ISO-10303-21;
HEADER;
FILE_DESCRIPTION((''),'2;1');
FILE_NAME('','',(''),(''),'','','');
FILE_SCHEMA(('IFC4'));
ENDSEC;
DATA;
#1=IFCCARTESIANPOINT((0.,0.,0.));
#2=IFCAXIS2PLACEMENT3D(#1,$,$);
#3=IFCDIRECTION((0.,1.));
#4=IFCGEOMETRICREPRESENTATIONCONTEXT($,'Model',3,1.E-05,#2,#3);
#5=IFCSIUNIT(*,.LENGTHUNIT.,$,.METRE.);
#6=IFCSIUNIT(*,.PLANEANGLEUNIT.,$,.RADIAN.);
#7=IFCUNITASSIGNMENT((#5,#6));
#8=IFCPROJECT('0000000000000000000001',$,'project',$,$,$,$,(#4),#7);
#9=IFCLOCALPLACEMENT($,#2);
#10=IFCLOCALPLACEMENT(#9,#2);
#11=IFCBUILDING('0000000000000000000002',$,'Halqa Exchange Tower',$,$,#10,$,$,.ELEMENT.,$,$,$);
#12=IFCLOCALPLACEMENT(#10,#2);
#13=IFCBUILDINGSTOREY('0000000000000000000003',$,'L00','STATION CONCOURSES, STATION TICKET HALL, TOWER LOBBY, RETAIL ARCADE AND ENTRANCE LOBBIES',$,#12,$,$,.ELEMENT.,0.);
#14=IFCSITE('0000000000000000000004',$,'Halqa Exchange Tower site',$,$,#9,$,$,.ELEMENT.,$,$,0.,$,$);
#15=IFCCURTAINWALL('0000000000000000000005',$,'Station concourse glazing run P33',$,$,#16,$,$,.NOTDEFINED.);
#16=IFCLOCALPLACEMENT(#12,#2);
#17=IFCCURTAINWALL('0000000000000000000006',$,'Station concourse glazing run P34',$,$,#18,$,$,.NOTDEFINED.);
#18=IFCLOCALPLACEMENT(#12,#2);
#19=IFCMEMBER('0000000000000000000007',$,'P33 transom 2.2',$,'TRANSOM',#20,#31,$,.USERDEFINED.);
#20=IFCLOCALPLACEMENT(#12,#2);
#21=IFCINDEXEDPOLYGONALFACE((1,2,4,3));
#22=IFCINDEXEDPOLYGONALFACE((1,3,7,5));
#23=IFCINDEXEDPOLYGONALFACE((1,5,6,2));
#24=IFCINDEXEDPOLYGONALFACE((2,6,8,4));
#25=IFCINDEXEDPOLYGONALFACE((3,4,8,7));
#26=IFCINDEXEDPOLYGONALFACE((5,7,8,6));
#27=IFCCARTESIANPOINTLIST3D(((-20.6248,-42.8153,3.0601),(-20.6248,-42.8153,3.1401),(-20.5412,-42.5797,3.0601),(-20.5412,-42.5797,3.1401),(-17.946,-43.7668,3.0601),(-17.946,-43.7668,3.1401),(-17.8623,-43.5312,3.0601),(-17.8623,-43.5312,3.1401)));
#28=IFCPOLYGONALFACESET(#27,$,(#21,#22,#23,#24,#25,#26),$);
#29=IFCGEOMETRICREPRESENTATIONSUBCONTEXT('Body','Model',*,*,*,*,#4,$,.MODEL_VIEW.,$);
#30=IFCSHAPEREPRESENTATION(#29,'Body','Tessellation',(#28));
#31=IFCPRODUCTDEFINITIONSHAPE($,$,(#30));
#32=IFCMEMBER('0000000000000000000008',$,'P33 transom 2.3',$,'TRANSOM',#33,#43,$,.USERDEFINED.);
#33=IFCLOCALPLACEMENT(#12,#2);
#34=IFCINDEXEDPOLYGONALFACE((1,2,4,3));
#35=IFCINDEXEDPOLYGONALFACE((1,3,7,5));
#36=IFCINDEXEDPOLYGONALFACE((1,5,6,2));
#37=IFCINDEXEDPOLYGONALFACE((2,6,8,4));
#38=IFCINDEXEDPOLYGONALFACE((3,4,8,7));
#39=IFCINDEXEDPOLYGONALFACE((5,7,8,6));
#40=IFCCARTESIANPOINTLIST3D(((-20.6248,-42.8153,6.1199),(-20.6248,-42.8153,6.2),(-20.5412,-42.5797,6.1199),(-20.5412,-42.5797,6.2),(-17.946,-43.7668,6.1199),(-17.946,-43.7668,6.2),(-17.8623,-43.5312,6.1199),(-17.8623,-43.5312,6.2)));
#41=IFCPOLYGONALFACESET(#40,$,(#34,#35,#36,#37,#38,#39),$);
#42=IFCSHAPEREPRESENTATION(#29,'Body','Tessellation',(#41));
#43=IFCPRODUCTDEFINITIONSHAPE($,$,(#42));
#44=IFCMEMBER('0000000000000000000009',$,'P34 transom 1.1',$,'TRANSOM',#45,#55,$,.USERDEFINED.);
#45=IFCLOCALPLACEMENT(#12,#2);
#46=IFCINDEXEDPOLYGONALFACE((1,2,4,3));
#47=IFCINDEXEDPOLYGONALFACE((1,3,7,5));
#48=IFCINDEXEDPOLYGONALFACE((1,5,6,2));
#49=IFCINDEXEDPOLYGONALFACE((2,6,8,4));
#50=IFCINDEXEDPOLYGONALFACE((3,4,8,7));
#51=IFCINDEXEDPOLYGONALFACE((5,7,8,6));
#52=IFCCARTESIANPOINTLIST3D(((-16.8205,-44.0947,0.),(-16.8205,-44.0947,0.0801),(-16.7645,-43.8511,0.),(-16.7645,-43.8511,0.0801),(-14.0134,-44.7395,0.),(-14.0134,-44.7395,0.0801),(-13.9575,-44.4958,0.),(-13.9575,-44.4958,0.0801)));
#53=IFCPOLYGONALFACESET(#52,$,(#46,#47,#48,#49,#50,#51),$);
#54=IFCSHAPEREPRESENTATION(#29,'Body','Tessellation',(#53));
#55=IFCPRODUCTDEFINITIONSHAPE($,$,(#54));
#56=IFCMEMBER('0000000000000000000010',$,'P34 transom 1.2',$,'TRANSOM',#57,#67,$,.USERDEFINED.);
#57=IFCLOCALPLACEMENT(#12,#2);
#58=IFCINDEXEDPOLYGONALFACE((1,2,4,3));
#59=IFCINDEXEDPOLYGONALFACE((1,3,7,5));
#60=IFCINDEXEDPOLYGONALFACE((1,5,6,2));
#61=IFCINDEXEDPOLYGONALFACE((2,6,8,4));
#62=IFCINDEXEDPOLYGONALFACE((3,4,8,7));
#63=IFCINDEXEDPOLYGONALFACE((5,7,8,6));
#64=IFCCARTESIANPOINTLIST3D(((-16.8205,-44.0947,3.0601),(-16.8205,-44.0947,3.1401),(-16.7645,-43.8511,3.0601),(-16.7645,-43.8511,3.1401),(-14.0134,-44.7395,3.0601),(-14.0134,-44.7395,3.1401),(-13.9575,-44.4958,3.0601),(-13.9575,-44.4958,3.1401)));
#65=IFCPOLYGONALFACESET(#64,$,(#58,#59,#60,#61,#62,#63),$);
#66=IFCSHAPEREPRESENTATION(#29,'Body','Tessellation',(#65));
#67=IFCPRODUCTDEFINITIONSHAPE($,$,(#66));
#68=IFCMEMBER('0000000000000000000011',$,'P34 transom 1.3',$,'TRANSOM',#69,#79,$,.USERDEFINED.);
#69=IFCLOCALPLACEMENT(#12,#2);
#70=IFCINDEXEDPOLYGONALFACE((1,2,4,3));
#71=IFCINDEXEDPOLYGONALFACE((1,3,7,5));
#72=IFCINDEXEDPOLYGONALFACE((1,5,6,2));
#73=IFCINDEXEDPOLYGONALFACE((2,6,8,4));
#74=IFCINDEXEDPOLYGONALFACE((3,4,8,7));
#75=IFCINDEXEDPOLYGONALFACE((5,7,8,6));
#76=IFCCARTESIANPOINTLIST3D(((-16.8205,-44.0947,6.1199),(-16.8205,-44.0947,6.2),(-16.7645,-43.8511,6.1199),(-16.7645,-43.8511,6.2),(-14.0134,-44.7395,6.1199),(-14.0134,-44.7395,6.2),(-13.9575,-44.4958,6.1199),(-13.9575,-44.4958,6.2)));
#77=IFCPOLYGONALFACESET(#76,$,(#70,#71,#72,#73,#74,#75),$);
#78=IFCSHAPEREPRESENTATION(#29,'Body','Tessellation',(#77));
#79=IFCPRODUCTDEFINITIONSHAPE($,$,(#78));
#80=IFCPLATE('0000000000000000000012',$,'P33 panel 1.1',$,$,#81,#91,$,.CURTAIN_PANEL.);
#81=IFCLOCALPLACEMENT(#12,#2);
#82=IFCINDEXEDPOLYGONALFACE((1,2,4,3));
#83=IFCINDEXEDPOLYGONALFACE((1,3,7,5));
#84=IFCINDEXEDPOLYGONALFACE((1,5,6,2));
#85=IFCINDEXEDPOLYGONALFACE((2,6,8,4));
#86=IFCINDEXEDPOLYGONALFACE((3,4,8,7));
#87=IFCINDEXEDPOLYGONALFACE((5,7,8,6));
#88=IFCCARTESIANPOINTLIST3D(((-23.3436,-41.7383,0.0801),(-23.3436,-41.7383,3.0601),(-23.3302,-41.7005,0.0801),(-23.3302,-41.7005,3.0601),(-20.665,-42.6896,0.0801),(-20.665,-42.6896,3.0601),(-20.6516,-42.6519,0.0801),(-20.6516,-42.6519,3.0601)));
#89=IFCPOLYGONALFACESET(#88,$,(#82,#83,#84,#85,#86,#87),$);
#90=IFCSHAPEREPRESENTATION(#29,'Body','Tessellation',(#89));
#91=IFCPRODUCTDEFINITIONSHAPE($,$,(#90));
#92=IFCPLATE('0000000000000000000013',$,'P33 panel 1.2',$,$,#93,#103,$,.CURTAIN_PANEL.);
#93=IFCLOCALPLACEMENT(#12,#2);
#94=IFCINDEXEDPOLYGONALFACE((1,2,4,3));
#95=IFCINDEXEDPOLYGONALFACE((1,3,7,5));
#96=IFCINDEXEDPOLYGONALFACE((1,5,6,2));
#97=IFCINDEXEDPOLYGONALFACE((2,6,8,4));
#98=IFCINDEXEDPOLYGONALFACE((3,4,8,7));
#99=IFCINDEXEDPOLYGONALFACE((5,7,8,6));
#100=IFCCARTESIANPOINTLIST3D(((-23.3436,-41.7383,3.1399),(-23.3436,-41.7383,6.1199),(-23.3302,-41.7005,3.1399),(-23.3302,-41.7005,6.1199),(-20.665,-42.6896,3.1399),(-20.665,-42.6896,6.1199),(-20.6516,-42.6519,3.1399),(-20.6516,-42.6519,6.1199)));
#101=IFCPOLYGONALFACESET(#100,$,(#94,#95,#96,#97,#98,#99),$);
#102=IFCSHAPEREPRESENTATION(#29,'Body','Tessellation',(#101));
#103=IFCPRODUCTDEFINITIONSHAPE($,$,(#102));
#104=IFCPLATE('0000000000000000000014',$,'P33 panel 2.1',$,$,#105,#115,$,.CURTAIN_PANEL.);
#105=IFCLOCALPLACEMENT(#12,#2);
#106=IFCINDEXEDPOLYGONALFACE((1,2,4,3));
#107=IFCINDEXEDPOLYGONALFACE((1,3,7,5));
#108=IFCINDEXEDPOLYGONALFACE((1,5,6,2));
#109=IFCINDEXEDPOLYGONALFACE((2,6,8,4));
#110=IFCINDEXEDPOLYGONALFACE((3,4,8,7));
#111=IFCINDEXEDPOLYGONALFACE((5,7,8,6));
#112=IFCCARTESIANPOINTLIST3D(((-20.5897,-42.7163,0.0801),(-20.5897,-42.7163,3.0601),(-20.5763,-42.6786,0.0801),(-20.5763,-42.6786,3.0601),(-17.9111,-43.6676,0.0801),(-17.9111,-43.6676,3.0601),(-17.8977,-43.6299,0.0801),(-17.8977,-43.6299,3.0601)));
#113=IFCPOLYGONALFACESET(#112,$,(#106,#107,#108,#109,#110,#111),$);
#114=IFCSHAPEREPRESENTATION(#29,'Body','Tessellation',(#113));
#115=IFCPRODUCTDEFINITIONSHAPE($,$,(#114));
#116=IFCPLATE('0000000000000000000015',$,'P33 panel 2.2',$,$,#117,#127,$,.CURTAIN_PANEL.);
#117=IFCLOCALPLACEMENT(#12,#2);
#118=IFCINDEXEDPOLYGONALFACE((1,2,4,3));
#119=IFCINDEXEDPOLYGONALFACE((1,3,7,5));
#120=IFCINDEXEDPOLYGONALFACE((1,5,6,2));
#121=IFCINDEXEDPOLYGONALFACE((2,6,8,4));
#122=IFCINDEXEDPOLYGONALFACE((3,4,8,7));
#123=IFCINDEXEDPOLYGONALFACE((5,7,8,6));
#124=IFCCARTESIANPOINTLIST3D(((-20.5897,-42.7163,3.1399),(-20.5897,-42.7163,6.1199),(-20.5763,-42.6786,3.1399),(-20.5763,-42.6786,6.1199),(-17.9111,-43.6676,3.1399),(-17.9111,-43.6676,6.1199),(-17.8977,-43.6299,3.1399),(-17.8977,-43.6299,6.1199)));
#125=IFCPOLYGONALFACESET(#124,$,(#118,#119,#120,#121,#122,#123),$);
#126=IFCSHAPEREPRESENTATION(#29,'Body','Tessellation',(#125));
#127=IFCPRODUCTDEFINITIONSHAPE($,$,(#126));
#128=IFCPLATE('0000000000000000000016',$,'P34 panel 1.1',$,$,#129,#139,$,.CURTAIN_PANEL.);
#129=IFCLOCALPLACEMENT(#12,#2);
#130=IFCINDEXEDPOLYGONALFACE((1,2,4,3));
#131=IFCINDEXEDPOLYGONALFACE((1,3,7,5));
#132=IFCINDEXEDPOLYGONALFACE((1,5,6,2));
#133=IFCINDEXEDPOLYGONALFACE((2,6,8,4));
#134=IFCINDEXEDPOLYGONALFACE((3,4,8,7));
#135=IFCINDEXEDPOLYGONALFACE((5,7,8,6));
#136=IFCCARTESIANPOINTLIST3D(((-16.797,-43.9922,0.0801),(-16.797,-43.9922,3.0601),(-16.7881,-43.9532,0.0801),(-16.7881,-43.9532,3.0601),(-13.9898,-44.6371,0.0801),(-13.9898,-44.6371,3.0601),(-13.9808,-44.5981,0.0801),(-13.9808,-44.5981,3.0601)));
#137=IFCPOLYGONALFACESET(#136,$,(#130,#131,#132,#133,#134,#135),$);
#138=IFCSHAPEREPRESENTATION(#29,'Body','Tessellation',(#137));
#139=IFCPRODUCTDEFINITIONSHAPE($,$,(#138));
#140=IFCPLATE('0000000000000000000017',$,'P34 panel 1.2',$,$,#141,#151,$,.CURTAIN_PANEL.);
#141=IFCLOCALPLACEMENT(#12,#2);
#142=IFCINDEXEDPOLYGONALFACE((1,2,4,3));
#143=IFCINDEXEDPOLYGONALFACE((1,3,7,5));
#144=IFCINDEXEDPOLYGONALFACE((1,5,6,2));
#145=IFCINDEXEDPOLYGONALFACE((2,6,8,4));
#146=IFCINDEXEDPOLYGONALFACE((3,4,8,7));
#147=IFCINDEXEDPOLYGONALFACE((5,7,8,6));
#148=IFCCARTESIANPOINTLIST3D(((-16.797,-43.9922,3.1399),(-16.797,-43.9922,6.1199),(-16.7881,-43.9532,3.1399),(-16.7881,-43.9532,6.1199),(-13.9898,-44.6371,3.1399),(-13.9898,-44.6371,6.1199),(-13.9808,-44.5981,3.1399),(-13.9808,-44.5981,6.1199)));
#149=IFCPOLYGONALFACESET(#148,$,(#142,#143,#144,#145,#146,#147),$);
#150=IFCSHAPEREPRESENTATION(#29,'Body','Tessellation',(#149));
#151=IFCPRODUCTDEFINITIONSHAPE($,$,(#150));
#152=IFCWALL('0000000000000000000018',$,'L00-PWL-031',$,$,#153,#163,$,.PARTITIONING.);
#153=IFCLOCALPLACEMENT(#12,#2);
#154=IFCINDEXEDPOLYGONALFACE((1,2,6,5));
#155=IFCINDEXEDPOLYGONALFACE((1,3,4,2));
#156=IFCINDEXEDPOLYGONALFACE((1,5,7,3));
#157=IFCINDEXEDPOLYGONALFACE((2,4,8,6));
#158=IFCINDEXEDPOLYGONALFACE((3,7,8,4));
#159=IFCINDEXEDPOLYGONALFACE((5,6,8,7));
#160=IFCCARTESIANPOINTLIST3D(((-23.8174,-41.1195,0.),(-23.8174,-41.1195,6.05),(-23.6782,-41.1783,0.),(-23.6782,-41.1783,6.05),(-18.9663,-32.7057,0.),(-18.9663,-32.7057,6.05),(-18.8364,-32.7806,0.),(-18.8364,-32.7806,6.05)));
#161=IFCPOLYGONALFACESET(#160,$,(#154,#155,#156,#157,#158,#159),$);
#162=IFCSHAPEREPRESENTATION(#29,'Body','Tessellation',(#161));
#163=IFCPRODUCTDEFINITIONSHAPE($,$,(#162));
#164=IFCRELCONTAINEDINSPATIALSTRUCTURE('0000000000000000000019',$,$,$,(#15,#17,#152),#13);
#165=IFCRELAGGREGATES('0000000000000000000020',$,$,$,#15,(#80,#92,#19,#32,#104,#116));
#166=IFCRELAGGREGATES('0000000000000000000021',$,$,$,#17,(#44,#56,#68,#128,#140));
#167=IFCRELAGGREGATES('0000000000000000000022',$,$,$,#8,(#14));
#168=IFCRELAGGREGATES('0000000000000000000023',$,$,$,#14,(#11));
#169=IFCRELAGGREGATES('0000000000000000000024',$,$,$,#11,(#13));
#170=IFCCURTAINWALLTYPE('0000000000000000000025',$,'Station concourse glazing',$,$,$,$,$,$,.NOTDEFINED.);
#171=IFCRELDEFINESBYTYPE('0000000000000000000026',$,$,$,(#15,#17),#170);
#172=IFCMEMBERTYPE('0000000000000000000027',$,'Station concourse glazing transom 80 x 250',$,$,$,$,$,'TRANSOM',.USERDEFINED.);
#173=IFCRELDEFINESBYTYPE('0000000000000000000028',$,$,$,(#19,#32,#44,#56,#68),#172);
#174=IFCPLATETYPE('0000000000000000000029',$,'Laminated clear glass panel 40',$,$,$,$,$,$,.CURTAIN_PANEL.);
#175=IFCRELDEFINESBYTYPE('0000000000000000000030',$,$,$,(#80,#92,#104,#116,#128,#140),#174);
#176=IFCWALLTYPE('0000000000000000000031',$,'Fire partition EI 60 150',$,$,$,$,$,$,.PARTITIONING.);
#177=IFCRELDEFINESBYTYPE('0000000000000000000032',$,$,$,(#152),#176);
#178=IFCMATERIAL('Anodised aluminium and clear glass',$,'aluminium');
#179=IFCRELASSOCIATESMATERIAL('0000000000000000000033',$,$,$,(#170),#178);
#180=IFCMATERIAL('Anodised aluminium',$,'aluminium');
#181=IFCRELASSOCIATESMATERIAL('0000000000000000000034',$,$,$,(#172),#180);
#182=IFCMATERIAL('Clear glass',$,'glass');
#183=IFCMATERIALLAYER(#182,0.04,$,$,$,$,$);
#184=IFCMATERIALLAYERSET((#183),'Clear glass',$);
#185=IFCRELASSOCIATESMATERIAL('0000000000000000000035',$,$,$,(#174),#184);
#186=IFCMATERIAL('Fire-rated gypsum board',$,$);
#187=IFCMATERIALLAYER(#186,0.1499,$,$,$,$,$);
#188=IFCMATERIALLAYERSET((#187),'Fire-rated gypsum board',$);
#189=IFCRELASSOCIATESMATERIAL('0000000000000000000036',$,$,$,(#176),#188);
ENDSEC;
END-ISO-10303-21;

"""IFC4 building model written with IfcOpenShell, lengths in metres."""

from ifc_helpers import new_model, si_unit, direction, frame, origin, origin_2d, place, context, subcontext, project, spatial, polyline, rectangle, outline, extrude, material, layer, layer_set, material_profile, profile_set, type_object, element, aggregate, save


model = new_model("IFC4")

# Units and contexts
model_context = context("Model", 3, precision=1e-05, world=origin(), true_north=direction((0.0, 1.0)))
body_context = subcontext(model_context, "Body", "Model", "MODEL_VIEW")
ifc_project = project(units=[si_unit("LENGTHUNIT", "METRE"), si_unit("PLANEANGLEUNIT", "RADIAN")], contexts=[model_context])

# Site, building, storey
site_placement = place(None, origin())
site = spatial("IfcSite", under=ifc_project, at=site_placement, Name="Halqa Exchange Tower site", CompositionType="ELEMENT", RefElevation=0.0)
building_placement = place(site_placement, origin())
building = spatial("IfcBuilding", under=site, at=building_placement, Name="Halqa Exchange Tower", CompositionType="ELEMENT")
storey_placement = place(building_placement, origin())
storey = spatial("IfcBuildingStorey", under=building, at=storey_placement, Name="L00", Description="STATION CONCOURSES, STATION TICKET HALL, TOWER LOBBY, RETAIL ARCADE AND ENTRANCE LOBBIES", CompositionType="ELEMENT", Elevation=0.0)

# Curtain walls
ifc_material_1 = material(Name="Anodised aluminium and clear glass", Category="aluminium")
curtain_wall_type = type_object("IfcCurtainWallType", Name="Station concourse glazing", PredefinedType="NOTDEFINED", material=ifc_material_1)
curtain_wall_1_placement = place(storey_placement, origin())
curtain_wall_1 = element("IfcCurtainWall", 1, at=curtain_wall_1_placement, inside=storey, type_object=curtain_wall_type, Name="Station concourse glazing run P33", PredefinedType="NOTDEFINED")
ifc_material_2 = material(Name="Anodised aluminium", Category="aluminium")
curtain_wall_2_placement = place(storey_placement, origin())
curtain_wall_2 = element("IfcCurtainWall", 2, at=curtain_wall_2_placement, inside=storey, type_object=curtain_wall_type, Name="Station concourse glazing run P34", PredefinedType="NOTDEFINED")

# Members
ifc_material_profile_1 = material_profile(ifc_material_2, rectangle(XDim=0.25, YDim=0.0801, at=origin_2d()), Name="AL 80x250")
ifc_profile_set_1 = profile_set([ifc_material_profile_1], Name="Anodised aluminium")
member_type_1 = type_object("IfcMemberType", Name="Station concourse glazing transom 80 x 250", ElementType="TRANSOM", PredefinedType="USERDEFINED", material=ifc_profile_set_1)
member_1_placement = place(storey_placement, frame((-20.583, -42.6975, 3.1001), z_axis=(0.942327, -0.334693, 0.0), x_axis=(0.334693, 0.942327, 0.0)))
member_1 = element("IfcMember", 3, at=member_1_placement, type_object=member_type_1, Name="P33 transom 2.2", ObjectType="TRANSOM", PredefinedType="USERDEFINED", context=body_context, shape_type="SweptSolid", body=[
    extrude(rectangle(XDim=0.25, YDim=0.0801, at=origin_2d()), origin(), (0.0, 0.0, 1.0), 2.8428),
])
member_2_placement = place(storey_placement, frame((-20.583, -42.6975, 6.1599), z_axis=(0.942327, -0.334693, 0.0), x_axis=(0.334693, 0.942327, 0.0)))
member_2 = element("IfcMember", 4, at=member_2_placement, type_object=member_type_1, Name="P33 transom 2.3", ObjectType="TRANSOM", PredefinedType="USERDEFINED", context=body_context, shape_type="SweptSolid", body=[
    extrude(rectangle(XDim=0.25, YDim=0.0801, at=origin_2d()), origin(), (0.0, 0.0, 1.0), 2.8428),
])
member_3_placement = place(storey_placement, frame((-16.7925, -43.9729, 0.04), z_axis=(0.974621, -0.223863, 0.0), x_axis=(0.223863, 0.974621, 0.0)))
member_3 = element("IfcMember", 5, at=member_3_placement, type_object=member_type_1, Name="P34 transom 1.1", ObjectType="TRANSOM", PredefinedType="USERDEFINED", context=body_context, shape_type="SweptSolid", body=[
    extrude(rectangle(XDim=0.25, YDim=0.0801, at=origin_2d()), origin(), (0.0, 0.0, 1.0), 2.8801),
])
member_4_placement = place(storey_placement, frame((-16.7925, -43.9729, 3.1001), z_axis=(0.974621, -0.223863, 0.0), x_axis=(0.223863, 0.974621, 0.0)))
member_4 = element("IfcMember", 6, at=member_4_placement, type_object=member_type_1, Name="P34 transom 1.2", ObjectType="TRANSOM", PredefinedType="USERDEFINED", context=body_context, shape_type="SweptSolid", body=[
    extrude(rectangle(XDim=0.25, YDim=0.0801, at=origin_2d()), origin(), (0.0, 0.0, 1.0), 2.8801),
])
member_5_placement = place(storey_placement, frame((-16.7925, -43.9729, 6.1599), z_axis=(0.974621, -0.223863, 0.0), x_axis=(0.223863, 0.974621, 0.0)))
member_5 = element("IfcMember", 7, at=member_5_placement, type_object=member_type_1, Name="P34 transom 1.3", ObjectType="TRANSOM", PredefinedType="USERDEFINED", context=body_context, shape_type="SweptSolid", body=[
    extrude(rectangle(XDim=0.25, YDim=0.0801, at=origin_2d()), origin(), (0.0, 0.0, 1.0), 2.8801),
])

# Plates
ifc_material_3 = material(Name="Clear glass", Category="glass")
ifc_layer_1 = layer(ifc_material_3, 0.04)
ifc_layer_set_1 = layer_set([ifc_layer_1], Name="Clear glass")
plate_type = type_object("IfcPlateType", Name="Laminated clear glass panel 40", PredefinedType="CURTAIN_PANEL", material=ifc_layer_set_1)
plate_1_placement = place(storey_placement, frame((-21.9976, -42.1951, 0.0801), z_axis=(0.0, 0.0, 1.0), x_axis=(0.942329, -0.334688, 0.0)))
plate_1 = element("IfcPlate", 8, at=plate_1_placement, type_object=plate_type, Name="P33 panel 1.1", PredefinedType="CURTAIN_PANEL", context=body_context, shape_type="SweptSolid", body=[
    extrude(rectangle(XDim=2.8425, YDim=0.04, at=origin_2d()), origin(), (0.0, 0.0, 1.0), 2.98),
])
plate_2_placement = place(storey_placement, frame((-21.9976, -42.1951, 3.1399), z_axis=(0.0, 0.0, 1.0), x_axis=(0.942329, -0.334688, 0.0)))
plate_2 = element("IfcPlate", 9, at=plate_2_placement, type_object=plate_type, Name="P33 panel 1.2", PredefinedType="CURTAIN_PANEL", context=body_context, shape_type="SweptSolid", body=[
    extrude(rectangle(XDim=2.8425, YDim=0.04, at=origin_2d()), origin(), (0.0, 0.0, 1.0), 2.98),
])
plate_3_placement = place(storey_placement, frame((-19.2437, -43.1731, 0.0801), z_axis=(0.0, 0.0, 1.0), x_axis=(0.942329, -0.334688, 0.0)))
plate_3 = element("IfcPlate", 10, at=plate_3_placement, type_object=plate_type, Name="P33 panel 2.1", PredefinedType="CURTAIN_PANEL", context=body_context, shape_type="SweptSolid", body=[
    extrude(rectangle(XDim=2.8425, YDim=0.04, at=origin_2d()), origin(), (0.0, 0.0, 1.0), 2.98),
])
plate_4_placement = place(storey_placement, frame((-19.2437, -43.1731, 3.1399), z_axis=(0.0, 0.0, 1.0), x_axis=(0.942329, -0.334688, 0.0)))
plate_4 = element("IfcPlate", 11, at=plate_4_placement, type_object=plate_type, Name="P33 panel 2.2", PredefinedType="CURTAIN_PANEL", context=body_context, shape_type="SweptSolid", body=[
    extrude(rectangle(XDim=2.8425, YDim=0.04, at=origin_2d()), origin(), (0.0, 0.0, 1.0), 2.98),
])
aggregate(curtain_wall_1, [plate_1, plate_2, member_1, member_2, plate_3, plate_4])
plate_5_placement = place(storey_placement, frame((-15.3889, -44.2952, 0.0801), z_axis=(0.0, 0.0, 1.0), x_axis=(0.974613, -0.223897, 0.0)))
plate_5 = element("IfcPlate", 12, at=plate_5_placement, type_object=plate_type, Name="P34 panel 1.1", PredefinedType="CURTAIN_PANEL", context=body_context, shape_type="SweptSolid", body=[
    extrude(rectangle(XDim=2.8804, YDim=0.04, at=origin_2d()), origin(), (0.0, 0.0, 1.0), 2.98),
])
plate_6_placement = place(storey_placement, frame((-15.3889, -44.2952, 3.1399), z_axis=(0.0, 0.0, 1.0), x_axis=(0.974613, -0.223897, 0.0)))
plate_6 = element("IfcPlate", 13, at=plate_6_placement, type_object=plate_type, Name="P34 panel 1.2", PredefinedType="CURTAIN_PANEL", context=body_context, shape_type="SweptSolid", body=[
    extrude(rectangle(XDim=2.8804, YDim=0.04, at=origin_2d()), origin(), (0.0, 0.0, 1.0), 2.98),
])
aggregate(curtain_wall_2, [member_3, member_4, member_5, plate_5, plate_6])

# Wall
ifc_material_4 = material(Name="Fire-rated gypsum board")
ifc_layer_2 = layer(ifc_material_4, 0.1499)
ifc_layer_set_2 = layer_set([ifc_layer_2], Name="Fire-rated gypsum board")
wall_type_1 = type_object("IfcWallType", Name="Fire partition EI 60 150", PredefinedType="PARTITIONING", material=ifc_layer_set_2)
wall_1_placement = place(storey_placement, frame((-23.7478, -41.1489, 0.0), z_axis=(0.0, 0.0, 1.0), x_axis=(0.499487, 0.866321, 0.0)))
element("IfcWall", 14, at=wall_1_placement, inside=storey, type_object=wall_type_1, Name="L00-PWL-031", PredefinedType="PARTITIONING", context=body_context, shape_type="SweptSolid", body=[
    extrude(outline(polyline([(0.0093, -0.075), (9.7029, -0.075), (9.7029, 0.075), (-0.0093, 0.075), (0.0093, -0.075)])), origin(), (0.0, 0.0, 1.0), 6.05),
])

save(model, "model.ifc")
